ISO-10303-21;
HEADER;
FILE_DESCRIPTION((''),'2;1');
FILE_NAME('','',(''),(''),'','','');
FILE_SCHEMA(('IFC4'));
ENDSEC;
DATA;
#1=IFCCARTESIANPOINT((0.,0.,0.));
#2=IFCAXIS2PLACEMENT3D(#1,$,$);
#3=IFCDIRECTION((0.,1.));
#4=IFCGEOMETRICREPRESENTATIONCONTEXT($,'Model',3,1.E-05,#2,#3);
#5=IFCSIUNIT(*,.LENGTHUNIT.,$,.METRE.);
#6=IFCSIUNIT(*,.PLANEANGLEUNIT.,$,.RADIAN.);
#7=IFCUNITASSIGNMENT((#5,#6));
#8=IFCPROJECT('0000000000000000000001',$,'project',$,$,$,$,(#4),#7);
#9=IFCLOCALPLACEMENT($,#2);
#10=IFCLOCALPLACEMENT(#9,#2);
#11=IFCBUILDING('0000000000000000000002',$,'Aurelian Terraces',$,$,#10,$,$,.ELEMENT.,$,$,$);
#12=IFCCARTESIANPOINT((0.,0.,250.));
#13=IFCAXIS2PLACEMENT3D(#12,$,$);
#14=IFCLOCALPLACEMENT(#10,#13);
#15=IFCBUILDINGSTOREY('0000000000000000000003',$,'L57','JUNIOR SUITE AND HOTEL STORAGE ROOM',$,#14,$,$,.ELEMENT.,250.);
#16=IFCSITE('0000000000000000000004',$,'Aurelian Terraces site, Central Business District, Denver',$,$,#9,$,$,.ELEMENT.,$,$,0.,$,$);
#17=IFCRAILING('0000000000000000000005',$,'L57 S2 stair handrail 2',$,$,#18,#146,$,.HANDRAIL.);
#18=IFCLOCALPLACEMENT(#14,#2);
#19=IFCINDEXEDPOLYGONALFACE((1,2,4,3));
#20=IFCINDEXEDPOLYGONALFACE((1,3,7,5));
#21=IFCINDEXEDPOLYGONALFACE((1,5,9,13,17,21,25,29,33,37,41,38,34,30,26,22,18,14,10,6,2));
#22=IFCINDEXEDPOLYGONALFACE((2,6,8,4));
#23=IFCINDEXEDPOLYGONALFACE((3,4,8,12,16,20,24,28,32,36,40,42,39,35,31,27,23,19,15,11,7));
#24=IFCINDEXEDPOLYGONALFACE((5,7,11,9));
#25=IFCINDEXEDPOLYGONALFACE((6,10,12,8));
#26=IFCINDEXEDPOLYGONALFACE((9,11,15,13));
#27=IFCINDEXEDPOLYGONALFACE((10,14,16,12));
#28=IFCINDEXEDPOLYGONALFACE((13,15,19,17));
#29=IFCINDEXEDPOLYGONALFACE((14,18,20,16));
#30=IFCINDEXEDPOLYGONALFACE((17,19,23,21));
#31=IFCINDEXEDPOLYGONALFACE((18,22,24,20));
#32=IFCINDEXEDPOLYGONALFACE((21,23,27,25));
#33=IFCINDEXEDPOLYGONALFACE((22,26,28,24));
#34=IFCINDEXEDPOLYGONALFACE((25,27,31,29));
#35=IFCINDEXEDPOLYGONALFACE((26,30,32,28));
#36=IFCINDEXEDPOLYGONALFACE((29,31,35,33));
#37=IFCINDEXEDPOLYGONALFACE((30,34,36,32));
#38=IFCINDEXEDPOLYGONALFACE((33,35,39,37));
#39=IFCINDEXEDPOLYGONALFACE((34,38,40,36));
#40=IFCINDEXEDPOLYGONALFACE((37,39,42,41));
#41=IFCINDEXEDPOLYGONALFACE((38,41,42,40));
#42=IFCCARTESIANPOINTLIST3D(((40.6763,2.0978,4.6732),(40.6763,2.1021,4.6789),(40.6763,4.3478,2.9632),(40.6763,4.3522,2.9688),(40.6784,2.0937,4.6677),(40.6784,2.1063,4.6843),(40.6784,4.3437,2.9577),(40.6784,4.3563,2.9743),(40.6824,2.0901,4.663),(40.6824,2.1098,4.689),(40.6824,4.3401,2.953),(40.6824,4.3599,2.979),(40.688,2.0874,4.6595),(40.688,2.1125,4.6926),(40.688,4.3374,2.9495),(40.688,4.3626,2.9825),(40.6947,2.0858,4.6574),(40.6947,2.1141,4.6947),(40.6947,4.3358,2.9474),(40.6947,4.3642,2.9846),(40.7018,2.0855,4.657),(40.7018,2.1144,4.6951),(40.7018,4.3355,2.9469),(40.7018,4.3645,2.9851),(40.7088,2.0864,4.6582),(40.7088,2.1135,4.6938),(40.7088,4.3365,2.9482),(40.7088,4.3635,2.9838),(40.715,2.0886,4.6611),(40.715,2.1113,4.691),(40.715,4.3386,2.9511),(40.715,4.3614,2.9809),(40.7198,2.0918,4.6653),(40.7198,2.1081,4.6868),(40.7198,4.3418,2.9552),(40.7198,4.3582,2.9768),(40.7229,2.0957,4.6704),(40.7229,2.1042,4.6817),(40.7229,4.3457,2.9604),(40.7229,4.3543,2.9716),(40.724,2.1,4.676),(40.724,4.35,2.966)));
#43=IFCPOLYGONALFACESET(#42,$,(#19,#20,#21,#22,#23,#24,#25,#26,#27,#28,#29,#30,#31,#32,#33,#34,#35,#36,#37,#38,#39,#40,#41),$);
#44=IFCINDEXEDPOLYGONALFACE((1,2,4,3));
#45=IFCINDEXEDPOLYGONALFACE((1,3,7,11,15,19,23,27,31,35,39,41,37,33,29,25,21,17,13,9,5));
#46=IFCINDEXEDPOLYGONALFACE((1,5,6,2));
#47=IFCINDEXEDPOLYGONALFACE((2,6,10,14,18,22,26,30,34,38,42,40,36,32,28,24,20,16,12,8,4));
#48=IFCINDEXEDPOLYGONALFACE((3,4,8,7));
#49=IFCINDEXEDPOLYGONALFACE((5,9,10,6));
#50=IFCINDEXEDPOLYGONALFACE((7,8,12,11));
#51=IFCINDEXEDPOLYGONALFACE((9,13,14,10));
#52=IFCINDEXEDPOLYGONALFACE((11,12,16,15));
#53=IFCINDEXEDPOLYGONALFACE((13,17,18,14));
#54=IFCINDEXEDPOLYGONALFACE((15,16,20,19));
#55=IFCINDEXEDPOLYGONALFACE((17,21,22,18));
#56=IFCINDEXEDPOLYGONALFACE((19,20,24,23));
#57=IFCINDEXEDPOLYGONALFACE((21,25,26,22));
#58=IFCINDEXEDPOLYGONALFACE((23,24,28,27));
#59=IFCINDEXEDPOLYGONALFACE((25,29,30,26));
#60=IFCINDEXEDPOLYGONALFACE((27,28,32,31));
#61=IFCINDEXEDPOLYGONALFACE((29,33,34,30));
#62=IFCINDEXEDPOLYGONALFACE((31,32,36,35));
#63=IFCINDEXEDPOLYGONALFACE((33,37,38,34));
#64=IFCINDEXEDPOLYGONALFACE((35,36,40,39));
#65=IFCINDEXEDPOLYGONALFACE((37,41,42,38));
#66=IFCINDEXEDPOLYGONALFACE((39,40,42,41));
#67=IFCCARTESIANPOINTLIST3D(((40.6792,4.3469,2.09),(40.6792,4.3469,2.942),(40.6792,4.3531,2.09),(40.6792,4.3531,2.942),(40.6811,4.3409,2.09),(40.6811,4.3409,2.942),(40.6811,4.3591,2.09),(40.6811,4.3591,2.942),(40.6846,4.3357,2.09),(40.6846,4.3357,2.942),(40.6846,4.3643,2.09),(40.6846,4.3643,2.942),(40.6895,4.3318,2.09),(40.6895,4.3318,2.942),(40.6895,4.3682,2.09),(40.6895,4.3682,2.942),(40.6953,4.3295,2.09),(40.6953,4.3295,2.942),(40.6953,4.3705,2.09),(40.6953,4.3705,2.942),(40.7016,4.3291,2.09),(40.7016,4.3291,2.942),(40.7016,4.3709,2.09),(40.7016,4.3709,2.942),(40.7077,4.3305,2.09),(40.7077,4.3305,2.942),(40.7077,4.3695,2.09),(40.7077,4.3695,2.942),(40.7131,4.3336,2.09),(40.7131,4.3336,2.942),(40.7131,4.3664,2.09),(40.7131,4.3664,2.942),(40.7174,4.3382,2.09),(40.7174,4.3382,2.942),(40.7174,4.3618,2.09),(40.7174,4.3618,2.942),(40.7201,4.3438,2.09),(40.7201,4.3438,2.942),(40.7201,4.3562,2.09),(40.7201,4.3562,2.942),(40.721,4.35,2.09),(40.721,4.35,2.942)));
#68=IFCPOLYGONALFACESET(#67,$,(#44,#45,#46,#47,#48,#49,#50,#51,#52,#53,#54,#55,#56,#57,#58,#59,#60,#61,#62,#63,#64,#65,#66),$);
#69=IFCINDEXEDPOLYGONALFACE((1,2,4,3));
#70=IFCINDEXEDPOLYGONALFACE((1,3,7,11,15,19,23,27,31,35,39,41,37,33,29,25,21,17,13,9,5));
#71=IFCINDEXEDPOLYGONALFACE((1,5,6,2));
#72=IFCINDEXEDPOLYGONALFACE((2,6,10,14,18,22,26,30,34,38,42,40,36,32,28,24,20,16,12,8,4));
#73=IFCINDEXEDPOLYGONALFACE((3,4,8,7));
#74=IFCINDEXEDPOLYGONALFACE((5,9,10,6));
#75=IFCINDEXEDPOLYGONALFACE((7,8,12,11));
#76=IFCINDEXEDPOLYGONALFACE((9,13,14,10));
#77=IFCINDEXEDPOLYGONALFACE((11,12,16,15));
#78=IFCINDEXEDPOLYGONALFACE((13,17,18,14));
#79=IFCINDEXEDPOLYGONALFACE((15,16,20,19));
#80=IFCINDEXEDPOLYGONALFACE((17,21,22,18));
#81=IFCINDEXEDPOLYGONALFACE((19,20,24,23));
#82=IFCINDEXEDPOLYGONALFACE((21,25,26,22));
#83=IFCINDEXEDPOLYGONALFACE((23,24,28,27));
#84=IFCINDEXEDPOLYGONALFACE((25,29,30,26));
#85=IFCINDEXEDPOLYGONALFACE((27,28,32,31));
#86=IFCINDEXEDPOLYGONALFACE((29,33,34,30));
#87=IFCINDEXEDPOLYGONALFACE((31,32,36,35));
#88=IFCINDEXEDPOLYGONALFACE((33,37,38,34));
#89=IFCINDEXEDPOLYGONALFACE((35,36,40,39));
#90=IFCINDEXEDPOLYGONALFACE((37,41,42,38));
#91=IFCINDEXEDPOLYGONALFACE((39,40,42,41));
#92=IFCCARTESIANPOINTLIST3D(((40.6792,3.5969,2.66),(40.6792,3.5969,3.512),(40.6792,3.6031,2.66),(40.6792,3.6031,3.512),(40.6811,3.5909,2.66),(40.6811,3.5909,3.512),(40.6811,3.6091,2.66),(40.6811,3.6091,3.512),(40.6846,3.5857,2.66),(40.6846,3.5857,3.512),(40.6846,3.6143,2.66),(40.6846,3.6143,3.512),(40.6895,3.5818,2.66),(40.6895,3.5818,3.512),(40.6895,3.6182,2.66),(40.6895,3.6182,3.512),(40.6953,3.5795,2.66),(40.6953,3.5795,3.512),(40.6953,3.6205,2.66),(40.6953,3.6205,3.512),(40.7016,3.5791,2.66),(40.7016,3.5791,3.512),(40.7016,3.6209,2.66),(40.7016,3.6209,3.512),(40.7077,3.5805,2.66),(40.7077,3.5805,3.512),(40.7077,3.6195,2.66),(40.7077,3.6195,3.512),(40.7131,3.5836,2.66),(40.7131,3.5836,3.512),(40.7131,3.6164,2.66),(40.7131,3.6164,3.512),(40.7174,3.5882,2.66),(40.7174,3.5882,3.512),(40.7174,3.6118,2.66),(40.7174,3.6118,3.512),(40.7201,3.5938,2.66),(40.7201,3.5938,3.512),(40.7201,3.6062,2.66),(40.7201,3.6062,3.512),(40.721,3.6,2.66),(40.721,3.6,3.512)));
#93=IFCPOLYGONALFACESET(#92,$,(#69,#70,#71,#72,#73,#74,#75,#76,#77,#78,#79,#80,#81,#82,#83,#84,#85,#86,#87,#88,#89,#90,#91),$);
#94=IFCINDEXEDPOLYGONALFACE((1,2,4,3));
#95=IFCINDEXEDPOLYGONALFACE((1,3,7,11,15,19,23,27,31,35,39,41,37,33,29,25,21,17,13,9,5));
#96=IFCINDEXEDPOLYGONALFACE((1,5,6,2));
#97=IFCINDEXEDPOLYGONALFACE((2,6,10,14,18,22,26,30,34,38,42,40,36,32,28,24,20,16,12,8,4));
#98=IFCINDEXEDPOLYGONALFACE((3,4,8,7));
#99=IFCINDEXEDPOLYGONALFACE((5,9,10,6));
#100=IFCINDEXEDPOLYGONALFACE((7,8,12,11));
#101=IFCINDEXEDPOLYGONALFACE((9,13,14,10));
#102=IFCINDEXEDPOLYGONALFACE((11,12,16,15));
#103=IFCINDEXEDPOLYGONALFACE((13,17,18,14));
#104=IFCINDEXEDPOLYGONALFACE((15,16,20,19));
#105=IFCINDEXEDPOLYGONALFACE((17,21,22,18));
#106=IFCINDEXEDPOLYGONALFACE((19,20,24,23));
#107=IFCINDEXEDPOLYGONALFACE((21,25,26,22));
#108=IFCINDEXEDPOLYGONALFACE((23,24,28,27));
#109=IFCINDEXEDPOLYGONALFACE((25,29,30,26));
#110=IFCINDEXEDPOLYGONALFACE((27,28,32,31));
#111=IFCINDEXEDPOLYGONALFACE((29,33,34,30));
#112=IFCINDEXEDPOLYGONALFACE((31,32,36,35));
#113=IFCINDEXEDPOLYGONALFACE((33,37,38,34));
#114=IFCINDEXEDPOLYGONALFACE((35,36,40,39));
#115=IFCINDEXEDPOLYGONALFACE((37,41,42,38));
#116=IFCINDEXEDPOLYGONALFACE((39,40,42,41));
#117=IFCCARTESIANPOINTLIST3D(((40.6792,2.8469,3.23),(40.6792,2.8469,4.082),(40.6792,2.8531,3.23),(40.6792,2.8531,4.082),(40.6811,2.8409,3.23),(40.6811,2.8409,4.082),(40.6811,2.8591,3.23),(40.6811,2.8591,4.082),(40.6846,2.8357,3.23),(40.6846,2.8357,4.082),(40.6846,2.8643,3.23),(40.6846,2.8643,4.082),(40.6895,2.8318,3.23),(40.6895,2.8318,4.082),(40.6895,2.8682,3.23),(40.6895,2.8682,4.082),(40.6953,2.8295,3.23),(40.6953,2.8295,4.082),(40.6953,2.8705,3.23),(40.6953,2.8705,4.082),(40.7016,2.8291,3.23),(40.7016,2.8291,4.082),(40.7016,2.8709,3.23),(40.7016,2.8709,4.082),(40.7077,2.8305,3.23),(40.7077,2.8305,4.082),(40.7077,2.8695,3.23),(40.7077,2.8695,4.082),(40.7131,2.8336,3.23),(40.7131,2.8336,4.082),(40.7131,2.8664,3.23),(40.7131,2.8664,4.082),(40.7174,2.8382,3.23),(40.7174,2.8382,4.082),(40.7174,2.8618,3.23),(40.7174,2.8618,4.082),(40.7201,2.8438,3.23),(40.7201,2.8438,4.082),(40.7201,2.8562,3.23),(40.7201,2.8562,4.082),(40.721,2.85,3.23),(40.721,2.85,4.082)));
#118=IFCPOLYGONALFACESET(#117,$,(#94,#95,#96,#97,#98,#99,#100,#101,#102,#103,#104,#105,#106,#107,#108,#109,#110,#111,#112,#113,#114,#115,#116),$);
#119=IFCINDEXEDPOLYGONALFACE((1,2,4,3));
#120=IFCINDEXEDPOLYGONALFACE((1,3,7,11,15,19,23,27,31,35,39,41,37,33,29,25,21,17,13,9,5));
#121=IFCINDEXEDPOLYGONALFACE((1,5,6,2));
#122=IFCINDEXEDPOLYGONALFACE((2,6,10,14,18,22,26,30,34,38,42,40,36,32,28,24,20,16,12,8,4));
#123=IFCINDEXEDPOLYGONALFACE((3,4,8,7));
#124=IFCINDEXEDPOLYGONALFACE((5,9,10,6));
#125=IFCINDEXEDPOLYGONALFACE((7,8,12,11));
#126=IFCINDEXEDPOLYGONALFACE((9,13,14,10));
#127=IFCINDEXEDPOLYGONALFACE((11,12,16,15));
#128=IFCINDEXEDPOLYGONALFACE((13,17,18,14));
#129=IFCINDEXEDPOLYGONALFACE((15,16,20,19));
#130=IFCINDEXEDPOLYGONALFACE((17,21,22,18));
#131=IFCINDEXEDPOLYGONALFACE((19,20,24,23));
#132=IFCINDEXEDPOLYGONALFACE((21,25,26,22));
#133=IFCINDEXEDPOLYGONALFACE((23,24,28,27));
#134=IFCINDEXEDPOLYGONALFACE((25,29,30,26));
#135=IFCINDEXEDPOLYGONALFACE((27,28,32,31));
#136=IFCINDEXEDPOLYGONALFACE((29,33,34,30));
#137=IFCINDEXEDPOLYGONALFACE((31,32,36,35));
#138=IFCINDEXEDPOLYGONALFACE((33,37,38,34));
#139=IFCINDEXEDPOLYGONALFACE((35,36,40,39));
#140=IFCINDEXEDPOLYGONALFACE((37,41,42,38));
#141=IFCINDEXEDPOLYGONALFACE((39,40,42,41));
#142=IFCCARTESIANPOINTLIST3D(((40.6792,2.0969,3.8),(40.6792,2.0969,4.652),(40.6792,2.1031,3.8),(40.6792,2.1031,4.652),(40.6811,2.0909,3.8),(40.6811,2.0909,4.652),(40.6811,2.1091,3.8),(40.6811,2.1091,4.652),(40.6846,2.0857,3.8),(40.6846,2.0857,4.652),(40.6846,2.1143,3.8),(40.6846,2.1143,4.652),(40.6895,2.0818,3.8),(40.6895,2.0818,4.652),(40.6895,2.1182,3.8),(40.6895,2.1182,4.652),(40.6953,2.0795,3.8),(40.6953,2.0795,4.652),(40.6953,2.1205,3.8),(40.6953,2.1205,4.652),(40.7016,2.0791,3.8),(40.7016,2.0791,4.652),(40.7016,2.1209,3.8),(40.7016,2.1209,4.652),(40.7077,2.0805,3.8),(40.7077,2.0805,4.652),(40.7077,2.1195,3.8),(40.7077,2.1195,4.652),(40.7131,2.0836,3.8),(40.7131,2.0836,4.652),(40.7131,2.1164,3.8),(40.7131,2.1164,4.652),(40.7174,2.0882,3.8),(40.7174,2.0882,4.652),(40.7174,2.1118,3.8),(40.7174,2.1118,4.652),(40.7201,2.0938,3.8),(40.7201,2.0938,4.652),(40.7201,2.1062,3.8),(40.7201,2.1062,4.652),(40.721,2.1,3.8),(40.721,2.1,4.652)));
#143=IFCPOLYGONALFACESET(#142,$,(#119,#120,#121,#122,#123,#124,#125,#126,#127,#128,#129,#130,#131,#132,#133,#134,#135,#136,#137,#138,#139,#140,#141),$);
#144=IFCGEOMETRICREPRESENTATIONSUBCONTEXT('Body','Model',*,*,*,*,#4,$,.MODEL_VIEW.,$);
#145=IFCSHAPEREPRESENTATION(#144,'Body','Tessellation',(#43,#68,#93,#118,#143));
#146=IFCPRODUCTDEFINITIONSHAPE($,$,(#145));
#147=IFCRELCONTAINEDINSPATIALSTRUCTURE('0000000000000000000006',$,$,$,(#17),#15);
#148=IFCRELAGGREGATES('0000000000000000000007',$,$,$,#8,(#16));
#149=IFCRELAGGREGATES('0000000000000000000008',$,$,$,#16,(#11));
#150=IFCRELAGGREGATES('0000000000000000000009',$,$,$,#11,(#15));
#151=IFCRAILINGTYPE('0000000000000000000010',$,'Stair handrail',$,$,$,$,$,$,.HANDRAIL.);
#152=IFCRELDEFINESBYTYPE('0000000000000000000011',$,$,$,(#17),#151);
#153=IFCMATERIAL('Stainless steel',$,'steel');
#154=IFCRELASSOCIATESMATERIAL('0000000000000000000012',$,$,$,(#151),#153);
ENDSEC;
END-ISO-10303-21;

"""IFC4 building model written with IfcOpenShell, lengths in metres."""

from ifc_helpers import new_model, si_unit, direction, frame, origin, origin_2d, place, context, subcontext, project, spatial, circle, extrude, source, transform, mapped, material, type_object, element, save


model = new_model("IFC4")

# Units and contexts
model_context = context("Model", 3, precision=1e-05, world=origin(), true_north=direction((0.0, 1.0)))
body_context = subcontext(model_context, "Body", "Model", "MODEL_VIEW")
ifc_project = project(units=[si_unit("LENGTHUNIT", "METRE"), si_unit("PLANEANGLEUNIT", "RADIAN")], contexts=[model_context])

# Site, building, storey
site_placement = place(None, origin())
site = spatial("IfcSite", under=ifc_project, at=site_placement, Name="Aurelian Terraces site, Central Business District, Denver", CompositionType="ELEMENT", RefElevation=0.0)
building_placement = place(site_placement, origin())
building = spatial("IfcBuilding", under=site, at=building_placement, Name="Aurelian Terraces", CompositionType="ELEMENT")
storey_placement = place(building_placement, frame((0.0, 0.0, 250.0)))
storey = spatial("IfcBuildingStorey", under=building, at=storey_placement, Name="L57", Description="JUNIOR SUITE AND HOTEL STORAGE ROOM", CompositionType="ELEMENT", Elevation=250.0)

# Railing
ifc_material_1 = material(Name="Stainless steel", Category="steel")
railing_type_1 = type_object("IfcRailingType", Name="Stair handrail", PredefinedType="HANDRAIL", material=ifc_material_1)
shared_shape_1 = source(origin(), body_context, "Body", "SweptSolid", [
    extrude(circle(Radius=0.024, at=origin_2d()), frame((0.0, 0.0, 0.876), z_axis=(0.0, -0.796162, 0.605083), x_axis=(1.0, 0.0, 0.0)), (0.0, 0.0, 1.0), 2.8261),
    extrude(circle(Radius=0.021, at=origin_2d()), origin(), (0.0, 0.0, 1.0), 0.852),
    extrude(circle(Radius=0.021, at=origin_2d()), frame((0.0, -0.75, 0.57)), (0.0, 0.0, 1.0), 0.852),
    extrude(circle(Radius=0.021, at=origin_2d()), frame((0.0, -1.5, 1.14)), (0.0, 0.0, 1.0), 0.852),
    extrude(circle(Radius=0.021, at=origin_2d()), frame((0.0, -2.25, 1.71)), (0.0, 0.0, 1.0), 0.852),
])
railing_1_placement = place(storey_placement, frame((40.7, 4.35, 2.09)))
element("IfcRailing", 1, at=railing_1_placement, inside=storey, type_object=railing_type_1, Name="L57 S2 stair handrail 2", PredefinedType="HANDRAIL", context=body_context, shape_type="MappedRepresentation", body=[
    mapped(shared_shape_1, transform((0.0, 0.0, 0.0), scale=1.0)),
])

save(model, "model.ifc")
